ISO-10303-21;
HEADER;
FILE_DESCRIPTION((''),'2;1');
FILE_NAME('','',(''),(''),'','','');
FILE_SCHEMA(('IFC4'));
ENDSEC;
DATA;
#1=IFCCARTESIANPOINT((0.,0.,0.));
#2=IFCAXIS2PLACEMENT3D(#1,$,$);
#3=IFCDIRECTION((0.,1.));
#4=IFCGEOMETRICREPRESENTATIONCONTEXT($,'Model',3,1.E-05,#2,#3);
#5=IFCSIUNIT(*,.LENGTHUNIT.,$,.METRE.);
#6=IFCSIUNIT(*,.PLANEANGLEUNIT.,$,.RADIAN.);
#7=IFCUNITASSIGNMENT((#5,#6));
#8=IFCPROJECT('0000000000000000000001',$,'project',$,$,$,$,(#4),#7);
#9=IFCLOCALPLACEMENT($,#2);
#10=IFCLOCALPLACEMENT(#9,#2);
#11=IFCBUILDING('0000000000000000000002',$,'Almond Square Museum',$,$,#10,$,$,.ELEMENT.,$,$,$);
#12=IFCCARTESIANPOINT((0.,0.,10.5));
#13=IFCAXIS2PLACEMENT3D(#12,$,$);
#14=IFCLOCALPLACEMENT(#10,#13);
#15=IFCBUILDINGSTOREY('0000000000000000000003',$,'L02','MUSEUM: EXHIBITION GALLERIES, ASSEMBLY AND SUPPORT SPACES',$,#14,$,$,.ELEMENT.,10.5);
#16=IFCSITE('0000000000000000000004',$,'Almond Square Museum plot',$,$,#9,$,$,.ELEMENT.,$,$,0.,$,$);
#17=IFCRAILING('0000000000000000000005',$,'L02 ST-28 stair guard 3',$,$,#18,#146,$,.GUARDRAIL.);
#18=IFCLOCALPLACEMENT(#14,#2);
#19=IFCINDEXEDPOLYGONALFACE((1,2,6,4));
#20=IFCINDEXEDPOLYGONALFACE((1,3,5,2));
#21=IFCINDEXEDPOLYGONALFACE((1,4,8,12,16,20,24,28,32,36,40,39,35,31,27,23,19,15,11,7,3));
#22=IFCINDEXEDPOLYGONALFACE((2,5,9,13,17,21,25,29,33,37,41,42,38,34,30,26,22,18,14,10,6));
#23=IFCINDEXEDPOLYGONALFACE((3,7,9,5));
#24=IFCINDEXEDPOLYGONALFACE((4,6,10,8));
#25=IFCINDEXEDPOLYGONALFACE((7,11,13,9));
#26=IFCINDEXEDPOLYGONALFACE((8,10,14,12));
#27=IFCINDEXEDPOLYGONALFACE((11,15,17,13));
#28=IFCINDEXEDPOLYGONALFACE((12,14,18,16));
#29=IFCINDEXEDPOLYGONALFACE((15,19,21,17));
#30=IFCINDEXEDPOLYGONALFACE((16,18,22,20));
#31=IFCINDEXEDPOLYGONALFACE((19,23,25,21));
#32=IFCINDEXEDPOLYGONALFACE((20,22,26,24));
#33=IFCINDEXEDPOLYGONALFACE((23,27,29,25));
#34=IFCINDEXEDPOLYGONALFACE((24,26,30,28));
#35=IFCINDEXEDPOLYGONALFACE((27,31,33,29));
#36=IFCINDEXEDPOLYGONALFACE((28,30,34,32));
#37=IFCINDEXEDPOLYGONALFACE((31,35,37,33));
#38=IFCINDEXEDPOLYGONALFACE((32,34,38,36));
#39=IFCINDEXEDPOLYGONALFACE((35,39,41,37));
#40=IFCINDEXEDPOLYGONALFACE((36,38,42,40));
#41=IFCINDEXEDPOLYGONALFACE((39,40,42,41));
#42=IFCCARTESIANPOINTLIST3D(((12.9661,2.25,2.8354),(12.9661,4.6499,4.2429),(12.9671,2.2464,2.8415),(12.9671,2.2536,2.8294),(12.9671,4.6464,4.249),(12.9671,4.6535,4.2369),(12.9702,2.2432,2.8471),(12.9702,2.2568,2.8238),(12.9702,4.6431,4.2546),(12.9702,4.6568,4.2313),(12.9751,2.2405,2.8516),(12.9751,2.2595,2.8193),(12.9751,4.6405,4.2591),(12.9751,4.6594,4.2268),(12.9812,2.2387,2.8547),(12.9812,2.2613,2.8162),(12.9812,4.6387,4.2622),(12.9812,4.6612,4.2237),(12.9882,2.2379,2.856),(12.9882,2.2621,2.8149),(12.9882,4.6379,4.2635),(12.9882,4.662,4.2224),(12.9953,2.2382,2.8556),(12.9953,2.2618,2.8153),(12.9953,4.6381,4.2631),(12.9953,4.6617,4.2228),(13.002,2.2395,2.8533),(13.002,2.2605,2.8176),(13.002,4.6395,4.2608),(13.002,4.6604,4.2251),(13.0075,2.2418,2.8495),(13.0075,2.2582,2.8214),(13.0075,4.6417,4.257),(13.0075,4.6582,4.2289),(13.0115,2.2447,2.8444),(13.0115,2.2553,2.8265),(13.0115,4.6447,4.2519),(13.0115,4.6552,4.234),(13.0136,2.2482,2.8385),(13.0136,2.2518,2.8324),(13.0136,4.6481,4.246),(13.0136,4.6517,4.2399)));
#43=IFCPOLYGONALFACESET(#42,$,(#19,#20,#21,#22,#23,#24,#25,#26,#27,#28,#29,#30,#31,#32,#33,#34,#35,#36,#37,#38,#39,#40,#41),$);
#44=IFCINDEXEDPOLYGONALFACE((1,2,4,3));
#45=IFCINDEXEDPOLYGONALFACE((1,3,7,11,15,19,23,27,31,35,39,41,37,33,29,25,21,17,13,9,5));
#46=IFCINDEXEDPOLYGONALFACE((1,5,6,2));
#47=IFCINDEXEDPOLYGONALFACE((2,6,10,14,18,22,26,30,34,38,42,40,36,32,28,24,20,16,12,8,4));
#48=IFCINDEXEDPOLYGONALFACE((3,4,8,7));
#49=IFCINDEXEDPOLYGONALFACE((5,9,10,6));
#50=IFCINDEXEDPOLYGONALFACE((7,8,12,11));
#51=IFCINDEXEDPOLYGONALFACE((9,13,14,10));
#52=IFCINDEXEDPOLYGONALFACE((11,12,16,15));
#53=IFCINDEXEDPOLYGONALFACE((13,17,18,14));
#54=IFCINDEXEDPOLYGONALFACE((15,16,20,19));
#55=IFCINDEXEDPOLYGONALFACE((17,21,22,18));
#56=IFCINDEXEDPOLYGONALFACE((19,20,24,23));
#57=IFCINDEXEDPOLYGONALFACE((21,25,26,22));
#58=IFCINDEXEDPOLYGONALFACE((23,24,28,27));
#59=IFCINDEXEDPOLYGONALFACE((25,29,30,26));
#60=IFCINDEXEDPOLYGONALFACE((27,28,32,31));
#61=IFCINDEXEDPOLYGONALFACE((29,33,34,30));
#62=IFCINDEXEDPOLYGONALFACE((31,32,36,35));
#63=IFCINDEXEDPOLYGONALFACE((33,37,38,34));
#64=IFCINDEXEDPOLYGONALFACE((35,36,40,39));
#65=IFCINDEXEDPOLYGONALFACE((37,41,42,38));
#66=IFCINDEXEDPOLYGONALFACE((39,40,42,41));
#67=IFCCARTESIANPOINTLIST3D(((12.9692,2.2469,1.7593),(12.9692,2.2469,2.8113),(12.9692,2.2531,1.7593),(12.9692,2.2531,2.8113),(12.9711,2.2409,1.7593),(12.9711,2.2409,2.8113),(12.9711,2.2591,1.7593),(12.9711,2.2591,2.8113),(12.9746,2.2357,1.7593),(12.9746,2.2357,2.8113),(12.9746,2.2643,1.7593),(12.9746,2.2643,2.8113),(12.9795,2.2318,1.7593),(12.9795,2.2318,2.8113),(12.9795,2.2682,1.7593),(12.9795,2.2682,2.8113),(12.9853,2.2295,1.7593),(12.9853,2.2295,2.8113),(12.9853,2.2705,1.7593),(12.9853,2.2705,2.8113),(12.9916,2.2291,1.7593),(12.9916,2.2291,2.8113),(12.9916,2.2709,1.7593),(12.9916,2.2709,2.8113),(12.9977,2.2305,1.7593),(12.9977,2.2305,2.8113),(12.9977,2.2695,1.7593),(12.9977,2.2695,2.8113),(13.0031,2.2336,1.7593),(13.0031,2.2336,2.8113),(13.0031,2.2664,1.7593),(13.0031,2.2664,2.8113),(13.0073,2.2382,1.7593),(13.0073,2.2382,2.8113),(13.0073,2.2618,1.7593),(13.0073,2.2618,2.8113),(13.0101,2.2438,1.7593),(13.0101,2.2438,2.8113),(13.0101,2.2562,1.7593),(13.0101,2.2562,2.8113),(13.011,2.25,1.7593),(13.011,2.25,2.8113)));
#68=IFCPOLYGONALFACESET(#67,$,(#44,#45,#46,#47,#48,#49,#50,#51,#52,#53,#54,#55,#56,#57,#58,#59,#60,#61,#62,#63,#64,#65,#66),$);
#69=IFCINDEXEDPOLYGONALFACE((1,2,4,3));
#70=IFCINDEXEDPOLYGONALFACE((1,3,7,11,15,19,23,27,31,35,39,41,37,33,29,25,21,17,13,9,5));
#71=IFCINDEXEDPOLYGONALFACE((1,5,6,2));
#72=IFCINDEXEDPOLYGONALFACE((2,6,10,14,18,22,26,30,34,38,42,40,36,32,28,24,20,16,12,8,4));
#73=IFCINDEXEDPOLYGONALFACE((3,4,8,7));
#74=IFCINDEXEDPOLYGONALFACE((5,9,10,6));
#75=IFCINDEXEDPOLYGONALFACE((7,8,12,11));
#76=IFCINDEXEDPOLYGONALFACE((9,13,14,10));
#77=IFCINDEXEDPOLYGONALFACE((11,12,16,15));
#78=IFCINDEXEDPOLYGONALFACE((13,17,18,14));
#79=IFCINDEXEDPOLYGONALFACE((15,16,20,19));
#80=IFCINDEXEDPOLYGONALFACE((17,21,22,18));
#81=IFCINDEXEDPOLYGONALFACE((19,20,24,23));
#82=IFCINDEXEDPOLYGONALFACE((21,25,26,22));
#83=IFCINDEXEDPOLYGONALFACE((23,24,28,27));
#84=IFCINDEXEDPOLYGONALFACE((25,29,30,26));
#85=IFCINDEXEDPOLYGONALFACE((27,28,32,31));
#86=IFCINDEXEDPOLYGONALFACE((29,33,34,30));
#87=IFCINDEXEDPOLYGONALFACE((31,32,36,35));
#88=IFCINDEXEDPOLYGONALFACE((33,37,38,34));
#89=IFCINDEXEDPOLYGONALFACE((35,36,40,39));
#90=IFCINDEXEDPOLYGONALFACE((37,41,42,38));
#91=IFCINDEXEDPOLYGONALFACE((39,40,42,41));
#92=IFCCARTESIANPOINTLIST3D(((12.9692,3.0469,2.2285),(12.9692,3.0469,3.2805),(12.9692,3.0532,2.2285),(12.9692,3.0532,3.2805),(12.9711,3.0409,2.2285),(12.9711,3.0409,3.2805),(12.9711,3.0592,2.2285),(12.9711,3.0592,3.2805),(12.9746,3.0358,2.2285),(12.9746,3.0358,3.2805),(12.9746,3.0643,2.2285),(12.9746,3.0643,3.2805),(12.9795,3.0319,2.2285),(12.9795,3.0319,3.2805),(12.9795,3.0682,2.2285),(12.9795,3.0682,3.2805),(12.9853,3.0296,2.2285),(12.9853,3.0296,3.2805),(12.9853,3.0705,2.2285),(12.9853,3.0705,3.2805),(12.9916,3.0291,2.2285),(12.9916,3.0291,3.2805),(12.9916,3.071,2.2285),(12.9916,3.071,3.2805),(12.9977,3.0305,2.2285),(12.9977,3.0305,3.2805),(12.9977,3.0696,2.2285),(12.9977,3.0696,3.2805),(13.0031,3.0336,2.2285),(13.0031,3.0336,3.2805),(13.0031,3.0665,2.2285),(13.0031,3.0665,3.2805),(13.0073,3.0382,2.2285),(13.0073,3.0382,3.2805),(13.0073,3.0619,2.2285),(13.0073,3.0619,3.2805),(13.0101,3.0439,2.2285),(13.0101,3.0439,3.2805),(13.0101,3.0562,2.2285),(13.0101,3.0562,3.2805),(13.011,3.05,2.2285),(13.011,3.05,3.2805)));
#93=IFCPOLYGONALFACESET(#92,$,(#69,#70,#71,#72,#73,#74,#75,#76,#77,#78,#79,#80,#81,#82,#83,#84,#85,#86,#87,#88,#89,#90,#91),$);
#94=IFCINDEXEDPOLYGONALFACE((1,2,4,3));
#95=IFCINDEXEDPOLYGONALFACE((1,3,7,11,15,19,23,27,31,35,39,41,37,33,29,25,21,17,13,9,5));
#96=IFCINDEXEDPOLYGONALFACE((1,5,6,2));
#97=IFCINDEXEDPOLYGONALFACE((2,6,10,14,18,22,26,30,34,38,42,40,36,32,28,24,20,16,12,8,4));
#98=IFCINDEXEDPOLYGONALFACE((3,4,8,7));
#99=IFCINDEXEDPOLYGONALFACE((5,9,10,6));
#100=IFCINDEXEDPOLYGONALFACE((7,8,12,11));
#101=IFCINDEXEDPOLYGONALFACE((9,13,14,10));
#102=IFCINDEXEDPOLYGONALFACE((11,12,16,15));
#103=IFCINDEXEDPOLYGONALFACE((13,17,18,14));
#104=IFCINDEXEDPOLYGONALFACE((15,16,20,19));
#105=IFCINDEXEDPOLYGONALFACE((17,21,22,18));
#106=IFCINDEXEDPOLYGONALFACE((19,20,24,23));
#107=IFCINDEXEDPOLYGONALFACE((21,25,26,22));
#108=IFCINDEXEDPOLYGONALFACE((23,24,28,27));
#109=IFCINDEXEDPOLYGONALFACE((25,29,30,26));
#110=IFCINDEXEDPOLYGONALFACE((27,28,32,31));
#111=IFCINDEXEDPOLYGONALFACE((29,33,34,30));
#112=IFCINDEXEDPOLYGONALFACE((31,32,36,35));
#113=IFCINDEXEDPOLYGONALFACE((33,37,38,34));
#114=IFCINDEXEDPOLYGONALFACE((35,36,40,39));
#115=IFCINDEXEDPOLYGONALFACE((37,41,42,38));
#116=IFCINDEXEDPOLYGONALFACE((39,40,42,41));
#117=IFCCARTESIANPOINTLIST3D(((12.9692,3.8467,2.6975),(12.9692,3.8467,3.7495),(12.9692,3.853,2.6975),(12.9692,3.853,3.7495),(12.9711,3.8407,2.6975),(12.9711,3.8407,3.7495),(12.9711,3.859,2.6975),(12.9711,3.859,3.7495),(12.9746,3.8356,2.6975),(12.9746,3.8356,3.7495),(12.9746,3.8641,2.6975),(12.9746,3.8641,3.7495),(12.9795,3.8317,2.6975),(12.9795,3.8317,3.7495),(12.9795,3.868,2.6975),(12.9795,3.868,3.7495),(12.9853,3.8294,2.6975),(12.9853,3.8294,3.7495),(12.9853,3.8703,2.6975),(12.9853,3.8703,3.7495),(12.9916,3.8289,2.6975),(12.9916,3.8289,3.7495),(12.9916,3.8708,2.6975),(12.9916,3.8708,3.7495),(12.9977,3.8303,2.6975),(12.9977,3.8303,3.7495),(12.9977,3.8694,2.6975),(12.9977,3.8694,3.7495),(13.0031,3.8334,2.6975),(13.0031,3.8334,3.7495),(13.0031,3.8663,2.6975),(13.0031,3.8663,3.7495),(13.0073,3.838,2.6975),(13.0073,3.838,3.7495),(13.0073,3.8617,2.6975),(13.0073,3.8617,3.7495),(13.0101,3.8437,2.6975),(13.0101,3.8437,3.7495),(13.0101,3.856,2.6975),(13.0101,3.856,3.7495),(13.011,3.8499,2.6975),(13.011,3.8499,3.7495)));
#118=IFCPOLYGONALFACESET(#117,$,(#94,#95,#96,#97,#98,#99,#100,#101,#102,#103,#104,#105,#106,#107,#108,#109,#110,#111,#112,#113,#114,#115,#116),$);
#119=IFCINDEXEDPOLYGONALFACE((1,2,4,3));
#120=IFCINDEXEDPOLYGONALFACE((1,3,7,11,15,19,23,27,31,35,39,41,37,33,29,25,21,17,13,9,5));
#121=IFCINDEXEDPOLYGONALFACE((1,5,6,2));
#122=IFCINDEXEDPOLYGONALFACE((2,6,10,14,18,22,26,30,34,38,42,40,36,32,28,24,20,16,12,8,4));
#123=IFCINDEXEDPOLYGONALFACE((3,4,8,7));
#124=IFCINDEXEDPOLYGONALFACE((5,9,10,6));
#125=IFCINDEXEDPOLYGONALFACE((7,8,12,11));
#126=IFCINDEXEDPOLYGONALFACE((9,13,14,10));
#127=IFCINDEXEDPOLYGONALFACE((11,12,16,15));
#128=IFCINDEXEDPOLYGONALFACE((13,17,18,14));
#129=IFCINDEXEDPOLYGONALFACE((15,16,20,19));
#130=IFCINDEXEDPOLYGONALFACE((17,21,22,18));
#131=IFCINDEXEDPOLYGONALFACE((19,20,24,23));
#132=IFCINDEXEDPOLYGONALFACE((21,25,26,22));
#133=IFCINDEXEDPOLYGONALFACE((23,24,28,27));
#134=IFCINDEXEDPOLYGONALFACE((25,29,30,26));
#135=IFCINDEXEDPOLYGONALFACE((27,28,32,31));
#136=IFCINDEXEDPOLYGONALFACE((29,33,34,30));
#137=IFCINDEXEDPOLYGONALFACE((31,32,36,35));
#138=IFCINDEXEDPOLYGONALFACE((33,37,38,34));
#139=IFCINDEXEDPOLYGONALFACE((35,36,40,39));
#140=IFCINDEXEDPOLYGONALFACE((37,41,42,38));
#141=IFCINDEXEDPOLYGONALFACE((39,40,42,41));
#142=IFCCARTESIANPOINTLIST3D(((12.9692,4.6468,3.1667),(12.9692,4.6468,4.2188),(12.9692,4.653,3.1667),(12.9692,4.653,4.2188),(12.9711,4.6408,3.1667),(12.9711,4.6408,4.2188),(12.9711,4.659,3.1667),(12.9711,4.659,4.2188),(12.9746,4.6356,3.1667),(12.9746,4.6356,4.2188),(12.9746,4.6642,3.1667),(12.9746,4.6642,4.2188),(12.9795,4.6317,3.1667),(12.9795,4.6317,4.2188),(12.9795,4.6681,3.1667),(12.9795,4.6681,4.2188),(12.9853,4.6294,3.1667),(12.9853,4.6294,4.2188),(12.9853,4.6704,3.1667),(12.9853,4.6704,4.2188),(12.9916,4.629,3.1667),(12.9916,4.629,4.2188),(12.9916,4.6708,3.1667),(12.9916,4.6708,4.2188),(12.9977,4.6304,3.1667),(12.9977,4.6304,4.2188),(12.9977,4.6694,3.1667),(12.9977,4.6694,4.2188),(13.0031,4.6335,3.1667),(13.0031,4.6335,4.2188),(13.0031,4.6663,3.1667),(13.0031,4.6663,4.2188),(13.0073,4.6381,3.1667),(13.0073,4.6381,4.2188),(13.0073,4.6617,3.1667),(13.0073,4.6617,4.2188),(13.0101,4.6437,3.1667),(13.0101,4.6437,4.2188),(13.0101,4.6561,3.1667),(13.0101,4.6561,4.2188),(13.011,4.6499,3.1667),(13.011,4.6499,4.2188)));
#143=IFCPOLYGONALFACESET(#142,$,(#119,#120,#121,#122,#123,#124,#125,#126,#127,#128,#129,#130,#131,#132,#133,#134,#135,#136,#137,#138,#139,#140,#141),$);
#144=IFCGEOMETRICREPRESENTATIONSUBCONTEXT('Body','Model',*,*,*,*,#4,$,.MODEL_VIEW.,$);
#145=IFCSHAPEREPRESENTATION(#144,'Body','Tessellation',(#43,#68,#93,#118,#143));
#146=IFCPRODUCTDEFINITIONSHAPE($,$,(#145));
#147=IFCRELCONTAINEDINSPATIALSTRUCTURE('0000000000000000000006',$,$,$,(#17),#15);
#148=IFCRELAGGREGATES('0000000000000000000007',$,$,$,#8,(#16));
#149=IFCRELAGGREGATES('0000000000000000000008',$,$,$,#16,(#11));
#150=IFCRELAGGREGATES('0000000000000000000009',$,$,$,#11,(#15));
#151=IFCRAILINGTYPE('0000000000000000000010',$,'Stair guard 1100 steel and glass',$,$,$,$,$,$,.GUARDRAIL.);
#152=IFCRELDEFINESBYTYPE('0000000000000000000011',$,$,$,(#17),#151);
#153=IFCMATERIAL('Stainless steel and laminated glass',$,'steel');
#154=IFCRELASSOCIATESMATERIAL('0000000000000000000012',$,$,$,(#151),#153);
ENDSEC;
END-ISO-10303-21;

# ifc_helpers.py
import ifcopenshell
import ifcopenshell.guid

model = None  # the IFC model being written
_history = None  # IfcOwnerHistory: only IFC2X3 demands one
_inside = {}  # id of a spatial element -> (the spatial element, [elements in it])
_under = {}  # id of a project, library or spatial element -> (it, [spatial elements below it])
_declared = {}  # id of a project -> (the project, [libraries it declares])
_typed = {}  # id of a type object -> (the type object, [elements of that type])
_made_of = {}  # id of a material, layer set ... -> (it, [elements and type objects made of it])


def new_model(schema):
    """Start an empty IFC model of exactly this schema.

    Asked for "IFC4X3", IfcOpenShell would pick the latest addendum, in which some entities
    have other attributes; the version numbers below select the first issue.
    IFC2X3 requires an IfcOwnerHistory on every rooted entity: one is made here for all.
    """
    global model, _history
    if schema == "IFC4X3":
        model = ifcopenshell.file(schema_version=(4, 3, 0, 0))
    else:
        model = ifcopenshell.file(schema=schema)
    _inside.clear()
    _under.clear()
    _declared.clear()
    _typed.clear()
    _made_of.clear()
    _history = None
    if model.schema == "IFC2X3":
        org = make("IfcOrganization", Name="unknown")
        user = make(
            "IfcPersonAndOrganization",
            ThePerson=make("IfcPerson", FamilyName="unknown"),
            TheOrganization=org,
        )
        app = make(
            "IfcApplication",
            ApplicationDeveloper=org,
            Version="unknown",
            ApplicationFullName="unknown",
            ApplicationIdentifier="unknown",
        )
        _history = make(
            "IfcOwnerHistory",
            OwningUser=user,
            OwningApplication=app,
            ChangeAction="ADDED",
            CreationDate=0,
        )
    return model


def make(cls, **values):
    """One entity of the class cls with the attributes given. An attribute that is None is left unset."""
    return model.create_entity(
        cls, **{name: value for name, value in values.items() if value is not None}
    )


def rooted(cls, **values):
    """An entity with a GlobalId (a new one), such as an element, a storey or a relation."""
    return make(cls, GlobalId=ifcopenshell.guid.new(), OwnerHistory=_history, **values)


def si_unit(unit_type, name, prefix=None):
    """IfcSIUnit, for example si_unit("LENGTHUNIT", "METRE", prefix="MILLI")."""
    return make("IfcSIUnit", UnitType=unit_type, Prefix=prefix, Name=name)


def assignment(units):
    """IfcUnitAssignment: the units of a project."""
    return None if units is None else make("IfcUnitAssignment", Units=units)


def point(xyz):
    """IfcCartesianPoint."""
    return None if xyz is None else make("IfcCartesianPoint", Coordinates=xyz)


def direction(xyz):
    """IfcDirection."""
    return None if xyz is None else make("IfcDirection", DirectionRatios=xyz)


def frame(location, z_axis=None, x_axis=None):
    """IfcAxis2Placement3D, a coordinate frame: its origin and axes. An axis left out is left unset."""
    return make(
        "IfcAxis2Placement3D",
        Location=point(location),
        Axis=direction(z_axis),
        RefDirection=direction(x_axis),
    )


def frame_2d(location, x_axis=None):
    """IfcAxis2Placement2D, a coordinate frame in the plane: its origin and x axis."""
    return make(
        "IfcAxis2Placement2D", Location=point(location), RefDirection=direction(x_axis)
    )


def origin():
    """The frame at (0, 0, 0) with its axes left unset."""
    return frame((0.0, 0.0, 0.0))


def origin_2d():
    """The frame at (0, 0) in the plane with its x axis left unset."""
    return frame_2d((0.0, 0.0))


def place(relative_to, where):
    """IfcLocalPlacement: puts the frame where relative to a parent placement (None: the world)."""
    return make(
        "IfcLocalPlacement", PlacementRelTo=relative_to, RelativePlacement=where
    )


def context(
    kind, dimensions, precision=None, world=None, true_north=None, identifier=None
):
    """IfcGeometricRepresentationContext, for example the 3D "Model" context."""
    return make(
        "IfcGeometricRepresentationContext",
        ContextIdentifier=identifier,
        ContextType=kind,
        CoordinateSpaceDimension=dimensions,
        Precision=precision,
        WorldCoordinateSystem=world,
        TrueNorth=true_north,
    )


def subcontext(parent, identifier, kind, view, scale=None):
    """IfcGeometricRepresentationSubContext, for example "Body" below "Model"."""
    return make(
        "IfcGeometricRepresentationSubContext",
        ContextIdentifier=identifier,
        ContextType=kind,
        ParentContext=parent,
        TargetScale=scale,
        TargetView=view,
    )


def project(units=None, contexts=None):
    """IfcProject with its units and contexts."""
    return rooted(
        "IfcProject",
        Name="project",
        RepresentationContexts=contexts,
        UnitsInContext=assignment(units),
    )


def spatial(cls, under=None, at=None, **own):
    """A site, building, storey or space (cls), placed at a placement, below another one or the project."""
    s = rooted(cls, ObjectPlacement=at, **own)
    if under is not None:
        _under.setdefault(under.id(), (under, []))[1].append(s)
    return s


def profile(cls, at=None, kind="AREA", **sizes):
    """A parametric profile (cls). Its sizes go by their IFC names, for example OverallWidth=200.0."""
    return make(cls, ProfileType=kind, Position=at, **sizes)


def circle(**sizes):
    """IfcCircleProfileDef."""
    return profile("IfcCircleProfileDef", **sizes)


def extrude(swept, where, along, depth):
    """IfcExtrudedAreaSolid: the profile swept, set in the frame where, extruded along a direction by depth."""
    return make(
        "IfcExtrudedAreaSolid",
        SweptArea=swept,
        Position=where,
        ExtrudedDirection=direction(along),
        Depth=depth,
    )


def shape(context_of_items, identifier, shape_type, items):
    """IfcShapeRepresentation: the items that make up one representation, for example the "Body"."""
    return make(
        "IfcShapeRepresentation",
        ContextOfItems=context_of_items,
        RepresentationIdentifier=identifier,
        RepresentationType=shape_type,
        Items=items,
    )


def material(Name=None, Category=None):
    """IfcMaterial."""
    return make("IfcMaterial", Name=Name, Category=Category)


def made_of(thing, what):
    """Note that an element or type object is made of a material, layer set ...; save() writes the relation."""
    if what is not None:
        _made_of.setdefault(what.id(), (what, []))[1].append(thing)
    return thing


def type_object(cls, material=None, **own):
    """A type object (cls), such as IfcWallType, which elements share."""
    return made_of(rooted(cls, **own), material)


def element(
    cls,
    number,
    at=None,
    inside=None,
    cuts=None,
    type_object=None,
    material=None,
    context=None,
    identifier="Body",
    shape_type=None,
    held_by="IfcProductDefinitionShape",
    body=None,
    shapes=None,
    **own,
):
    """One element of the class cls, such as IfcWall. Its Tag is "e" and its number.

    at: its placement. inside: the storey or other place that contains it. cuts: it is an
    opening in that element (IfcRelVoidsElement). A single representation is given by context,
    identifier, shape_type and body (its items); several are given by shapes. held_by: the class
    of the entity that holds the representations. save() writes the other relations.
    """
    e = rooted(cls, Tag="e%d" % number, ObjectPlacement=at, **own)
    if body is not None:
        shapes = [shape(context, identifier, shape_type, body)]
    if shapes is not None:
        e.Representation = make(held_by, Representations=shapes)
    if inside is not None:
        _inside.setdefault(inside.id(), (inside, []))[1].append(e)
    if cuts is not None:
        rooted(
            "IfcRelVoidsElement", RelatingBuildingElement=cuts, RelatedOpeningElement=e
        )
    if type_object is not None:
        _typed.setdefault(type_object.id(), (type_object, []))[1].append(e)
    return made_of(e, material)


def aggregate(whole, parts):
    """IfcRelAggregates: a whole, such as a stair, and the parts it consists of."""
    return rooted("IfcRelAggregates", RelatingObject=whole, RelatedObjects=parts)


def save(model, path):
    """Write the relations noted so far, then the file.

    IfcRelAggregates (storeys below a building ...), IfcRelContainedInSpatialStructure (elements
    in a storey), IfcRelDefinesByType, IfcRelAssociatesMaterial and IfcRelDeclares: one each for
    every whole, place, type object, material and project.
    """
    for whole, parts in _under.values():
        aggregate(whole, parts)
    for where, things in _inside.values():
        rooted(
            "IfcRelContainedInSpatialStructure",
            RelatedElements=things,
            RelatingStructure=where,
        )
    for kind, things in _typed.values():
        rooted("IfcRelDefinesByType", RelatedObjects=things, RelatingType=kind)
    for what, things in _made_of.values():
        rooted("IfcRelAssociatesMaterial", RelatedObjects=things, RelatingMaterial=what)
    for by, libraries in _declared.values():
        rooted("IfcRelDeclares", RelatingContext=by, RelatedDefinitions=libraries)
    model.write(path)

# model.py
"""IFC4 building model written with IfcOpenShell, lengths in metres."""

from ifc_helpers import new_model, si_unit, direction, frame, origin, origin_2d, place, context, subcontext, project, spatial, circle, extrude, material, type_object, element, save


model = new_model("IFC4")

# Units and contexts
model_context = context("Model", 3, precision=1e-05, world=origin(), true_north=direction((0.0, 1.0)))
body_context = subcontext(model_context, "Body", "Model", "MODEL_VIEW")
ifc_project = project(units=[si_unit("LENGTHUNIT", "METRE"), si_unit("PLANEANGLEUNIT", "RADIAN")], contexts=[model_context])

# Site, building, storey
site_placement = place(None, origin())
site = spatial("IfcSite", under=ifc_project, at=site_placement, Name="Almond Square Museum plot", CompositionType="ELEMENT", RefElevation=0.0)
building_placement = place(site_placement, origin())
building = spatial("IfcBuilding", under=site, at=building_placement, Name="Almond Square Museum", CompositionType="ELEMENT")
storey_placement = place(building_placement, frame((0.0, 0.0, 10.5)))
storey = spatial("IfcBuildingStorey", under=building, at=storey_placement, Name="L02", Description="MUSEUM: EXHIBITION GALLERIES, ASSEMBLY AND SUPPORT SPACES", CompositionType="ELEMENT", Elevation=10.5)

# Railing
ifc_material_1 = material(Name="Stainless steel and laminated glass", Category="steel")
railing_type_1 = type_object("IfcRailingType", Name="Stair guard 1100 steel and glass", PredefinedType="GUARDRAIL", material=ifc_material_1)
railing_1_placement = place(storey_placement, frame((12.99, 2.25, 1.7593)))
element("IfcRailing", 1, at=railing_1_placement, inside=storey, type_object=railing_type_1, Name="L02 ST-28 stair guard 3", PredefinedType="GUARDRAIL", context=body_context, shape_type="SweptSolid", body=[
    extrude(circle(Radius=0.0239, at=origin_2d()), frame((0.0, 0.0, 1.0762), z_axis=(0.0, 0.862599, 0.505888), x_axis=(-1.0, 0.0, 0.0)), (0.0, 0.0, 1.0), 2.7822),
    extrude(circle(Radius=0.021, at=origin_2d()), origin(), (0.0, 0.0, 1.0), 1.052),
    extrude(circle(Radius=0.021, at=origin_2d()), frame((0.0, 0.8, 0.4692)), (0.0, 0.0, 1.0), 1.052),
    extrude(circle(Radius=0.021, at=origin_2d()), frame((0.0, 1.5999, 0.9382)), (0.0, 0.0, 1.0), 1.052),
    extrude(circle(Radius=0.021, at=origin_2d()), frame((0.0, 2.3999, 1.4075)), (0.0, 0.0, 1.0), 1.052),
])

save(model, "model.ifc")
